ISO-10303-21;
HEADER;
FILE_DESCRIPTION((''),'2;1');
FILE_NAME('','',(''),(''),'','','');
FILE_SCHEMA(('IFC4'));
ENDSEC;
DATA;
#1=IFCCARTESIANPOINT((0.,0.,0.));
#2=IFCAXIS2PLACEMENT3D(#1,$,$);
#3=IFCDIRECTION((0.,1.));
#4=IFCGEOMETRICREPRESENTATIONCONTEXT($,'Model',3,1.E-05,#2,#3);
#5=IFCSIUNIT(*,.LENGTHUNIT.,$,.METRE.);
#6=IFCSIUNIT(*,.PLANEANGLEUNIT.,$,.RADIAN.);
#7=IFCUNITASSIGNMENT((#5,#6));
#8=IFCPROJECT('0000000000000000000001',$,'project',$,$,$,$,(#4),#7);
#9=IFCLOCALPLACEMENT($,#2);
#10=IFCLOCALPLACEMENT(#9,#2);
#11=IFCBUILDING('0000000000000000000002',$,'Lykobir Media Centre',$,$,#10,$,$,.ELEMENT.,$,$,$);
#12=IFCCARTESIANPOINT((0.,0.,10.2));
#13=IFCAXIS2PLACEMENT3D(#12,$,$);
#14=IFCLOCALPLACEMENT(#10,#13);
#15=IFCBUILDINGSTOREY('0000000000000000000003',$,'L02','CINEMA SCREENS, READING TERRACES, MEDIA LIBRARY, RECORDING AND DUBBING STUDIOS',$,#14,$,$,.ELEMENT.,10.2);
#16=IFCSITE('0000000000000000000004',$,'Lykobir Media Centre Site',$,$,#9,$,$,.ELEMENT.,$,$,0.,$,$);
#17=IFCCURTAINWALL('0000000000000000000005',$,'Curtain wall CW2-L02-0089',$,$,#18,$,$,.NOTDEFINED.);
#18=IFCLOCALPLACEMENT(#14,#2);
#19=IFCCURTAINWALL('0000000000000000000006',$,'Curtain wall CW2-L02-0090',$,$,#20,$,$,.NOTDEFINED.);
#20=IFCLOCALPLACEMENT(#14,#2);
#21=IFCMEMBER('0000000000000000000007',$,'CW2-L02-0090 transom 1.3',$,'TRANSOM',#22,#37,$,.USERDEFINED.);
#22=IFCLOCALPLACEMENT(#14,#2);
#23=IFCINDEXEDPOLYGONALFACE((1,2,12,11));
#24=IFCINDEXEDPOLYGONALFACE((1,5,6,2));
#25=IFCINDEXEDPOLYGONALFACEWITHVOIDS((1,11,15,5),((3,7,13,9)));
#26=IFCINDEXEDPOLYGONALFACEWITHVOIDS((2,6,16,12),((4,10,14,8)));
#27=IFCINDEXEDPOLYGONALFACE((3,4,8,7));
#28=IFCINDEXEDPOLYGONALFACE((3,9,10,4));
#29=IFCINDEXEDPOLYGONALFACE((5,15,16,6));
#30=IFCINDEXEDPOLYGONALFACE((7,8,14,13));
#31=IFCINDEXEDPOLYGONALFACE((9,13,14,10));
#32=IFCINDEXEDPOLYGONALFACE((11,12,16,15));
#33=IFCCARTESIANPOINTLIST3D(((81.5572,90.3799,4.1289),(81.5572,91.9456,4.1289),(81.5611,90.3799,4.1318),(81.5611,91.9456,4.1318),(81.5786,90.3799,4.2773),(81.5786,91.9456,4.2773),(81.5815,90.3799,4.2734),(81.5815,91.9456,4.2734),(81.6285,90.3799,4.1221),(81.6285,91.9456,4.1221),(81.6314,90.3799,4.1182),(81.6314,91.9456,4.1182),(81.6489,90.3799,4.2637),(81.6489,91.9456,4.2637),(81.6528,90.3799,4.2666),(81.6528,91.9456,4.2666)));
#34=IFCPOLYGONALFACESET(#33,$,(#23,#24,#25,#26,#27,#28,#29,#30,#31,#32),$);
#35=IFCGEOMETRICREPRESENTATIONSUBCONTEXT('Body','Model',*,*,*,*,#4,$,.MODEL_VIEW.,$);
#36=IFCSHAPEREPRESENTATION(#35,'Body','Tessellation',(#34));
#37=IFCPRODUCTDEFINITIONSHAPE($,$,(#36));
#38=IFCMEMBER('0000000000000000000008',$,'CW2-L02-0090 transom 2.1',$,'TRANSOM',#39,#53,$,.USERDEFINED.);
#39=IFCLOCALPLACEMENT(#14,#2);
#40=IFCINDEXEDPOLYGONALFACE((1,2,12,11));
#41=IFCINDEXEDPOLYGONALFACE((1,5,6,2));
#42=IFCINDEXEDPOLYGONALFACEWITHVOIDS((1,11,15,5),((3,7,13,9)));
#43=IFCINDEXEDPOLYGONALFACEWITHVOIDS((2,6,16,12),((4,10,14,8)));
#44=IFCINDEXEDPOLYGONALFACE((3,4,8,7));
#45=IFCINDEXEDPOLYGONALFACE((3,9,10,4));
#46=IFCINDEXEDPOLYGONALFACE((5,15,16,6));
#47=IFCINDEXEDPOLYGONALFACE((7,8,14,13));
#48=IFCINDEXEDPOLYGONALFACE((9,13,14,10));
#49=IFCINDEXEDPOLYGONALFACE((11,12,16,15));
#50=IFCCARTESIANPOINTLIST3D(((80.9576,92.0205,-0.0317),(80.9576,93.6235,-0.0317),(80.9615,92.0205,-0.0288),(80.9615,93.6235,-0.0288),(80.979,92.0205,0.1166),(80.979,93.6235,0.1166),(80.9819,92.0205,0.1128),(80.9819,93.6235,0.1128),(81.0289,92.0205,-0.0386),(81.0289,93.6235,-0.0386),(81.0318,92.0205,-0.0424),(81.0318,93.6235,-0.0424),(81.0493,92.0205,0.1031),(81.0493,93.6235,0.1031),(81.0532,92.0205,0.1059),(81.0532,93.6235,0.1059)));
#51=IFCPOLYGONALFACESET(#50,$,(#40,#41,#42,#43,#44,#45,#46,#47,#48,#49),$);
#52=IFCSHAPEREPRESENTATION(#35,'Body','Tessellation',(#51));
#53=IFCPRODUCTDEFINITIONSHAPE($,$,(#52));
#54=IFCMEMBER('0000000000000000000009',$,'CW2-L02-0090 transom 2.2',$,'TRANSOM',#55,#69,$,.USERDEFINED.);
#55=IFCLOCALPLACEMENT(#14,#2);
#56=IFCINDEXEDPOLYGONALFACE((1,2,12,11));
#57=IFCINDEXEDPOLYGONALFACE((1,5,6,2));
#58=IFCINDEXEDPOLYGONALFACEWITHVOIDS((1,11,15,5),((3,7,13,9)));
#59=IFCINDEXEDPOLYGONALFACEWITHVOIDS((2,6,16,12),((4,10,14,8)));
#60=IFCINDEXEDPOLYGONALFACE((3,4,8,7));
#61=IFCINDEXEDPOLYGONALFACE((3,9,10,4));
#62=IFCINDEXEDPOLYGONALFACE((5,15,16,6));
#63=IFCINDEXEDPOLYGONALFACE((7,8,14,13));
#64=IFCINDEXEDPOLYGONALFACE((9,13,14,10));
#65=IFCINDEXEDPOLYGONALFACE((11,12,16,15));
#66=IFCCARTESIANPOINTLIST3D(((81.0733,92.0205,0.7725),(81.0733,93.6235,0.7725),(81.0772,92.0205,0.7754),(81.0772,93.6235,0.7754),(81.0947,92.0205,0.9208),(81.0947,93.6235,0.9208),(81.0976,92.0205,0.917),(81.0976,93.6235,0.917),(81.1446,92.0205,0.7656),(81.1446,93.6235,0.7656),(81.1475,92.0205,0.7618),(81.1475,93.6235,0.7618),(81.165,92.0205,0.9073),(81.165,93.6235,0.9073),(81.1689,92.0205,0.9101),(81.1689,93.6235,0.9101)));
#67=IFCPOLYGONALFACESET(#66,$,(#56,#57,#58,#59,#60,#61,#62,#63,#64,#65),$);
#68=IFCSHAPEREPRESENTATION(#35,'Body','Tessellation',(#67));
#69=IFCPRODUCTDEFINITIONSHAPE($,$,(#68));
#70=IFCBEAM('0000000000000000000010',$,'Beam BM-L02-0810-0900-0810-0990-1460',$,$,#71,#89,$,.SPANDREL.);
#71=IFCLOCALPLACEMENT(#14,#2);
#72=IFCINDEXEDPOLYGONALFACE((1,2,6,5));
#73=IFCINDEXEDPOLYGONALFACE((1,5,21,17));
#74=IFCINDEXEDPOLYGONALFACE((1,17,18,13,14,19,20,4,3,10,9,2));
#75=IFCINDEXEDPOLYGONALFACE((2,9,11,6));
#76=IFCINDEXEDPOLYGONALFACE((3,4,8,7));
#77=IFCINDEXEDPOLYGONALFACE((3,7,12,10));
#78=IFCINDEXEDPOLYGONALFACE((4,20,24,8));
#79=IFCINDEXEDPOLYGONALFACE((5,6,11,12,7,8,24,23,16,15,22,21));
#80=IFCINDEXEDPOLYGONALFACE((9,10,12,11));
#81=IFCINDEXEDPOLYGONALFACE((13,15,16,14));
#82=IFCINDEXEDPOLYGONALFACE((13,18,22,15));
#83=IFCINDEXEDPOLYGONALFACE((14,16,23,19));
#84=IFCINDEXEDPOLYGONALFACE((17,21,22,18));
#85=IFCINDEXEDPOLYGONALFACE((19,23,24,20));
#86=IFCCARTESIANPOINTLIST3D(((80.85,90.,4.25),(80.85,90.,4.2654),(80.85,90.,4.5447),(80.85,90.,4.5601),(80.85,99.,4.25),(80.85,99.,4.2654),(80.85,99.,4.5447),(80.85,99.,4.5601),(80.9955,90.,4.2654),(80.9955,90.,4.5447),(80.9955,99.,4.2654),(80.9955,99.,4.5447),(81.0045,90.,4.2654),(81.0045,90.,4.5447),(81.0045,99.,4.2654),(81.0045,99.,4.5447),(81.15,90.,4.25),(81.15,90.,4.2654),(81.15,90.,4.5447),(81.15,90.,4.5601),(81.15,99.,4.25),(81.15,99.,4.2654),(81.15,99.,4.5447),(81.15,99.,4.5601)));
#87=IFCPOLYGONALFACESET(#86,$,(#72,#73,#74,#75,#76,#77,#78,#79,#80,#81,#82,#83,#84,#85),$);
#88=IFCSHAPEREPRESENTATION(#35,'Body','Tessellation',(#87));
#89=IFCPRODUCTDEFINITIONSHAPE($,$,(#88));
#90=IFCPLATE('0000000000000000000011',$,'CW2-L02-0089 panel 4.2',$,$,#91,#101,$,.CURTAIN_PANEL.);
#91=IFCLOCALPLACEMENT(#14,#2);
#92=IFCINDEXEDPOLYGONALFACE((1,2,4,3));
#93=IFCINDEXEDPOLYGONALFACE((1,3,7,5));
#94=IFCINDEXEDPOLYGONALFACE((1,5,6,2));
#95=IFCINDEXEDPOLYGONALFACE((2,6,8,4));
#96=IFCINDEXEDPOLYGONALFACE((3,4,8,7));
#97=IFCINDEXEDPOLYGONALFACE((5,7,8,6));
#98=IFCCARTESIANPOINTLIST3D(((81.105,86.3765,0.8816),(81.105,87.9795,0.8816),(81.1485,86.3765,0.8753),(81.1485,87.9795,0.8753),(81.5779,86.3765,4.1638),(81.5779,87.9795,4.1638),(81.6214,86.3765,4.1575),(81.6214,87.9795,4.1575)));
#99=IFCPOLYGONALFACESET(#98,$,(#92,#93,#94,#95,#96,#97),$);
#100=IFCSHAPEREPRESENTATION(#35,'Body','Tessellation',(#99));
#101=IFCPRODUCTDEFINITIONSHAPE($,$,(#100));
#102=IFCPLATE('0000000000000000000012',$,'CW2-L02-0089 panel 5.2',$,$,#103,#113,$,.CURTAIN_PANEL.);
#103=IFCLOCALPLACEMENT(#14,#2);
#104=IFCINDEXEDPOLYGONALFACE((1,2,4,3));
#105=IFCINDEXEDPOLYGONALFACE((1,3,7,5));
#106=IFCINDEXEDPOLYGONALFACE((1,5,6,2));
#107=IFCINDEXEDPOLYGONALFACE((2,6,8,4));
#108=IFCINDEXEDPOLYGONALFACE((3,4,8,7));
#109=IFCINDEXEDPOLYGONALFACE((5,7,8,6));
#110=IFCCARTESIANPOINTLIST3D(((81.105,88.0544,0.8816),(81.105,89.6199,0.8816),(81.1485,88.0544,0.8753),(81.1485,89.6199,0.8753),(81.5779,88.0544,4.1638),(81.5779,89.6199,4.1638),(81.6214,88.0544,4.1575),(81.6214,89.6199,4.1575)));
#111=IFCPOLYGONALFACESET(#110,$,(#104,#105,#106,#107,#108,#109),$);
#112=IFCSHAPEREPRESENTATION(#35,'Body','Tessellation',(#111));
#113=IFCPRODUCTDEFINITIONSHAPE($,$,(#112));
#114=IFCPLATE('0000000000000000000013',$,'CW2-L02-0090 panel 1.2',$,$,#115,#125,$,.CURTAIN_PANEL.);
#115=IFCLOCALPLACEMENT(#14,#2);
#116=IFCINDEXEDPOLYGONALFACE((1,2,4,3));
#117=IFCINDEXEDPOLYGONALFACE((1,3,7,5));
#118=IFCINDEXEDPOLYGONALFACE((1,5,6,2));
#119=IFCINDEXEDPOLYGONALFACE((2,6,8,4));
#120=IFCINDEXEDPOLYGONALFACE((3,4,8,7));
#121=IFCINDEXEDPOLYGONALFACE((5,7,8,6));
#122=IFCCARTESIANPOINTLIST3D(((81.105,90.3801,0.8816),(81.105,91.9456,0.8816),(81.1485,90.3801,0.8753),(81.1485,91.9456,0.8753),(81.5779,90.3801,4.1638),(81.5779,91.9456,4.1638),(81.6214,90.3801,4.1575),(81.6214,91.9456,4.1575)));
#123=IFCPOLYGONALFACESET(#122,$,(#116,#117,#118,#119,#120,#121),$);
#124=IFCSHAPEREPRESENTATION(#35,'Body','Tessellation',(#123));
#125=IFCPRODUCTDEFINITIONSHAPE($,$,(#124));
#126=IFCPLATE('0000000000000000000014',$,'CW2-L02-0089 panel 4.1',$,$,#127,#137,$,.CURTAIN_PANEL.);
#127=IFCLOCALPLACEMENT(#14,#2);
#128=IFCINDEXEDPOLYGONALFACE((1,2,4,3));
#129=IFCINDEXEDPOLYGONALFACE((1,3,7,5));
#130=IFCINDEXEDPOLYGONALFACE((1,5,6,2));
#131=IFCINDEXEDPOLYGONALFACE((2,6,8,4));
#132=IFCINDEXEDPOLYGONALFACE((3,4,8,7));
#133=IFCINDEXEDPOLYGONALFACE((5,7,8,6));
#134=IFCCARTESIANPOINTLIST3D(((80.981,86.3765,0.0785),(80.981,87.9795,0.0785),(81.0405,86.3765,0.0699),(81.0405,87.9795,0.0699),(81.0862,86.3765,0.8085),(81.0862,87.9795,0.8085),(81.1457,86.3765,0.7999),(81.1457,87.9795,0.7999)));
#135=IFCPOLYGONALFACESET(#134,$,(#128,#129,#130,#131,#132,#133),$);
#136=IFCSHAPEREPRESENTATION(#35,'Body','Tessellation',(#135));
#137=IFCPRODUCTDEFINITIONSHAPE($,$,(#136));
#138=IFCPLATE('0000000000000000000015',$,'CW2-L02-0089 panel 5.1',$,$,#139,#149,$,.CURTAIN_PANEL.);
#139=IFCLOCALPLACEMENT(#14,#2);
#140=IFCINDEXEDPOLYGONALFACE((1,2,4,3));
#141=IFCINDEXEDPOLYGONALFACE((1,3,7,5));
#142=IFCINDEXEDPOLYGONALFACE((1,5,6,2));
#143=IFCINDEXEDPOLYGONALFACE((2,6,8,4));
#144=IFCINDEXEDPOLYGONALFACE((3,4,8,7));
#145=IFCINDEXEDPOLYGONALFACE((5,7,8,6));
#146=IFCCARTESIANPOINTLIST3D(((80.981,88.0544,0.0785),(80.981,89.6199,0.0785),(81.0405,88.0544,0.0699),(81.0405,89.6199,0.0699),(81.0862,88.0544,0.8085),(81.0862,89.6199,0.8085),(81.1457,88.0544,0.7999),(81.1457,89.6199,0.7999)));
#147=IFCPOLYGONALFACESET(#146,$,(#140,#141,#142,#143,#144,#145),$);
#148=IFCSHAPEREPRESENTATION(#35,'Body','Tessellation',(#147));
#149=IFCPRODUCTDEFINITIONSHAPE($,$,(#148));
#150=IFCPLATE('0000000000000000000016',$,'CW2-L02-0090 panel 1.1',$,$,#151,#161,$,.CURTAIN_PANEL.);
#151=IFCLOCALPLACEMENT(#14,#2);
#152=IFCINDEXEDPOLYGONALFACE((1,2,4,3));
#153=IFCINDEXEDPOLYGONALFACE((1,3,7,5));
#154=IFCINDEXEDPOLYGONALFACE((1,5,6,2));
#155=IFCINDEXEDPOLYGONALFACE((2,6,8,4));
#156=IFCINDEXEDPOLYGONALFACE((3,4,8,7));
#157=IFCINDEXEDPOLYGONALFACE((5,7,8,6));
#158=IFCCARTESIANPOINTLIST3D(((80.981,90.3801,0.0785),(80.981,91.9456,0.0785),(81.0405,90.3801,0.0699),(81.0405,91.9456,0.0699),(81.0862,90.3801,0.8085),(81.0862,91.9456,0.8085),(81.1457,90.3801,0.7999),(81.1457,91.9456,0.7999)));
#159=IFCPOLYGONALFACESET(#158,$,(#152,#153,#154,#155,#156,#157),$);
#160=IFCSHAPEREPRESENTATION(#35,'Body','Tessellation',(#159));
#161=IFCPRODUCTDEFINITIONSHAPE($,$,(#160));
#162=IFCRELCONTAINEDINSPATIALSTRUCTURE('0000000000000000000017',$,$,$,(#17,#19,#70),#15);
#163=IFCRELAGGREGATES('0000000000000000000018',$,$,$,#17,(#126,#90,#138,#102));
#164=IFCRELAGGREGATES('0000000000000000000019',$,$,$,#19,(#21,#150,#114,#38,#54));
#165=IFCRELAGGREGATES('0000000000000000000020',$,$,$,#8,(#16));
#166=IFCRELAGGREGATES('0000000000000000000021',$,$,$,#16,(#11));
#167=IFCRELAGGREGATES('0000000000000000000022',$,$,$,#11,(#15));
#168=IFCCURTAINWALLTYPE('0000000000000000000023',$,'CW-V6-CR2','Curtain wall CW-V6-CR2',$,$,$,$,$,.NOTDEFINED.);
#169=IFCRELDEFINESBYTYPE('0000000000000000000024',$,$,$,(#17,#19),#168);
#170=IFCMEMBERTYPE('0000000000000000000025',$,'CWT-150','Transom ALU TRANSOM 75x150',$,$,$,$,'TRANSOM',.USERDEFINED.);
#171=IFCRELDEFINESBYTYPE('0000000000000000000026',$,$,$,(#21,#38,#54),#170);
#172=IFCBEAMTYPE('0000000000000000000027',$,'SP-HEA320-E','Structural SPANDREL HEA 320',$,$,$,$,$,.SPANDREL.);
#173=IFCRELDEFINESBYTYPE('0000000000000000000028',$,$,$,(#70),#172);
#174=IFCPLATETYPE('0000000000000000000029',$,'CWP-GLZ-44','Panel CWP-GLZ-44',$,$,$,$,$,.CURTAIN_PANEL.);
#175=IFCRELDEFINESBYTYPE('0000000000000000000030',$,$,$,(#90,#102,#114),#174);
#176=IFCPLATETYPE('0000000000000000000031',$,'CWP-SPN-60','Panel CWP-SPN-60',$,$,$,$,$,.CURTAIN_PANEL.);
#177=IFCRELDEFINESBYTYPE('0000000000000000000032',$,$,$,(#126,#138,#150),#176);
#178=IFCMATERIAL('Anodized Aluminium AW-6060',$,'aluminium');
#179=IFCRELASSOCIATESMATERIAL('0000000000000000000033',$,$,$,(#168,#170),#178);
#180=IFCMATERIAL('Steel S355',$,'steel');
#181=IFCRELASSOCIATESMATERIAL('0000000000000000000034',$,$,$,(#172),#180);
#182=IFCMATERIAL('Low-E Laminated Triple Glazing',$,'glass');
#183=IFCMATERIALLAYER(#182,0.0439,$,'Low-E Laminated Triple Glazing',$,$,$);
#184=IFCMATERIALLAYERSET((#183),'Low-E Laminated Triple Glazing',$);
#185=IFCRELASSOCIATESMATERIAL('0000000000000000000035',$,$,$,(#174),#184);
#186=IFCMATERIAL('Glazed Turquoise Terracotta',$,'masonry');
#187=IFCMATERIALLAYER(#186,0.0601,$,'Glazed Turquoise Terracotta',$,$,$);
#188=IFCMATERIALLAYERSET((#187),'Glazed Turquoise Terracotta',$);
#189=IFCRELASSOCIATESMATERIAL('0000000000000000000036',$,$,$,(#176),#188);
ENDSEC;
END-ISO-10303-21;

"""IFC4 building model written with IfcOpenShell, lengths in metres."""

from ifc_helpers import new_model, si_unit, direction, frame, origin, origin_2d, place, context, subcontext, project, spatial, rectangle, hollow_rectangle, i_section, extrude, material, layer, layer_set, material_profile, profile_set, type_object, element, aggregate, save


model = new_model("IFC4")

# Units and contexts
model_context = context("Model", 3, precision=1e-05, world=origin(), true_north=direction((0.0, 1.0)))
body_context = subcontext(model_context, "Body", "Model", "MODEL_VIEW")
ifc_project = project(units=[si_unit("LENGTHUNIT", "METRE"), si_unit("PLANEANGLEUNIT", "RADIAN")], contexts=[model_context])

# Site, building, storey
site_placement = place(None, origin())
site = spatial("IfcSite", under=ifc_project, at=site_placement, Name="Lykobir Media Centre Site", CompositionType="ELEMENT", RefElevation=0.0)
building_placement = place(site_placement, origin())
building = spatial("IfcBuilding", under=site, at=building_placement, Name="Lykobir Media Centre", CompositionType="ELEMENT")
storey_placement = place(building_placement, frame((0.0, 0.0, 10.2)))
storey = spatial("IfcBuildingStorey", under=building, at=storey_placement, Name="L02", Description="CINEMA SCREENS, READING TERRACES, MEDIA LIBRARY, RECORDING AND DUBBING STUDIOS", CompositionType="ELEMENT", Elevation=10.2)

# Curtain walls
ifc_material_1 = material(Name="Anodized Aluminium AW-6060", Category="aluminium")
curtain_wall_type = type_object("IfcCurtainWallType", Name="CW-V6-CR2", Description="Curtain wall CW-V6-CR2", PredefinedType="NOTDEFINED", material=ifc_material_1)
curtain_wall_1_placement = place(storey_placement, origin())
curtain_wall_1 = element("IfcCurtainWall", 1, at=curtain_wall_1_placement, inside=storey, type_object=curtain_wall_type, Name="Curtain wall CW2-L02-0089", PredefinedType="NOTDEFINED")
curtain_wall_2_placement = place(storey_placement, origin())
curtain_wall_2 = element("IfcCurtainWall", 2, at=curtain_wall_2_placement, inside=storey, type_object=curtain_wall_type, Name="Curtain wall CW2-L02-0090", PredefinedType="NOTDEFINED")

# Members
ifc_material_profile_1 = material_profile(ifc_material_1, hollow_rectangle(XDim=0.075, YDim=0.1499, WallThickness=0.0034, at=origin_2d()), Name="ALU TRANSOM 75x150")
ifc_profile_set_1 = profile_set([ifc_material_profile_1], Name="Anodized Aluminium AW-6060")
member_type_1 = type_object("IfcMemberType", Name="CWT-150", Description="Transom ALU TRANSOM 75x150", ElementType="TRANSOM", PredefinedType="USERDEFINED", material=ifc_profile_set_1)
member_1_placement = place(storey_placement, frame((81.605, 90.3799, 4.1978), z_axis=(0.0, 1.0, 0.0), x_axis=(-0.989776, 0.0, 0.142629)))
member_1 = element("IfcMember", 3, at=member_1_placement, type_object=member_type_1, Name="CW2-L02-0090 transom 1.3", ObjectType="TRANSOM", PredefinedType="USERDEFINED", context=body_context, shape_type="SweptSolid", body=[
    extrude(hollow_rectangle(XDim=0.075, YDim=0.1499, WallThickness=0.0034, at=origin_2d()), origin(), (0.0, 0.0, 1.0), 1.5657),
])
member_2_placement = place(storey_placement, frame((81.0054, 92.0205, 0.0371), z_axis=(0.0, 1.0, 0.0), x_axis=(-0.989776, 0.0, 0.142629)))
member_2 = element("IfcMember", 4, at=member_2_placement, type_object=member_type_1, Name="CW2-L02-0090 transom 2.1", ObjectType="TRANSOM", PredefinedType="USERDEFINED", context=body_context, shape_type="SweptSolid", body=[
    extrude(hollow_rectangle(XDim=0.075, YDim=0.1499, WallThickness=0.0034, at=origin_2d()), origin(), (0.0, 0.0, 1.0), 1.603),
])
member_3_placement = place(storey_placement, frame((81.1211, 92.0205, 0.8413), z_axis=(0.0, 1.0, 0.0), x_axis=(-0.989776, 0.0, 0.142629)))
member_3 = element("IfcMember", 5, at=member_3_placement, type_object=member_type_1, Name="CW2-L02-0090 transom 2.2", ObjectType="TRANSOM", PredefinedType="USERDEFINED", context=body_context, shape_type="SweptSolid", body=[
    extrude(hollow_rectangle(XDim=0.075, YDim=0.1499, WallThickness=0.0034, at=origin_2d()), origin(), (0.0, 0.0, 1.0), 1.603),
])

# Beam
ifc_material_2 = material(Name="Steel S355", Category="steel")
ifc_material_profile_2 = material_profile(ifc_material_2, i_section(OverallWidth=0.3, OverallDepth=0.3101, WebThickness=0.009, FlangeThickness=0.0154, at=origin_2d()), Name="HEA 320")
ifc_profile_set_2 = profile_set([ifc_material_profile_2], Name="Steel S355")
beam_type = type_object("IfcBeamType", Name="SP-HEA320-E", Description="Structural SPANDREL HEA 320", PredefinedType="SPANDREL", material=ifc_profile_set_2)
beam_placement = place(storey_placement, frame((81.0, 90.0, 4.405), z_axis=(0.0, 1.0, 0.0), x_axis=(-1.0, 0.0, 0.0)))
element("IfcBeam", 6, at=beam_placement, inside=storey, type_object=beam_type, Name="Beam BM-L02-0810-0900-0810-0990-1460", PredefinedType="SPANDREL", context=body_context, shape_type="SweptSolid", body=[
    extrude(i_section(OverallWidth=0.3, OverallDepth=0.3101, WebThickness=0.009, FlangeThickness=0.0154, at=origin_2d()), origin(), (0.0, 0.0, 1.0), 9.0),
])

# Plates
ifc_material_3 = material(Name="Low-E Laminated Triple Glazing", Category="glass")
ifc_layer_1 = layer(ifc_material_3, 0.0439, Name="Low-E Laminated Triple Glazing")
ifc_layer_set_1 = layer_set([ifc_layer_1], Name="Low-E Laminated Triple Glazing")
plate_type_1 = type_object("IfcPlateType", Name="CWP-GLZ-44", Description="Panel CWP-GLZ-44", PredefinedType="CURTAIN_PANEL", material=ifc_layer_set_1)
plate_1_placement = place(storey_placement, frame((81.1267, 87.178, 0.8784), z_axis=(0.142629, 0.0, 0.989776), x_axis=(0.0, 1.0, 0.0)))
plate_1 = element("IfcPlate", 7, at=plate_1_placement, type_object=plate_type_1, Name="CW2-L02-0089 panel 4.2", PredefinedType="CURTAIN_PANEL", context=body_context, shape_type="SweptSolid", body=[
    extrude(rectangle(XDim=1.603, YDim=0.0439, at=origin_2d()), origin(), (0.0, 0.0, 1.0), 3.3162),
])
plate_2_placement = place(storey_placement, frame((81.1267, 88.8372, 0.8784), z_axis=(0.142629, 0.0, 0.989776), x_axis=(0.0, 1.0, 0.0)))
plate_2 = element("IfcPlate", 8, at=plate_2_placement, type_object=plate_type_1, Name="CW2-L02-0089 panel 5.2", PredefinedType="CURTAIN_PANEL", context=body_context, shape_type="SweptSolid", body=[
    extrude(rectangle(XDim=1.5654, YDim=0.0439, at=origin_2d()), origin(), (0.0, 0.0, 1.0), 3.3162),
])
plate_3_placement = place(storey_placement, frame((81.1267, 91.1628, 0.8784), z_axis=(0.142629, 0.0, 0.989776), x_axis=(0.0, 1.0, 0.0)))
plate_3 = element("IfcPlate", 9, at=plate_3_placement, type_object=plate_type_1, Name="CW2-L02-0090 panel 1.2", PredefinedType="CURTAIN_PANEL", context=body_context, shape_type="SweptSolid", body=[
    extrude(rectangle(XDim=1.5654, YDim=0.0439, at=origin_2d()), origin(), (0.0, 0.0, 1.0), 3.3162),
])
ifc_material_4 = material(Name="Glazed Turquoise Terracotta", Category="masonry")
ifc_layer_2 = layer(ifc_material_4, 0.0601, Name="Glazed Turquoise Terracotta")
ifc_layer_set_2 = layer_set([ifc_layer_2], Name="Glazed Turquoise Terracotta")
plate_type_2 = type_object("IfcPlateType", Name="CWP-SPN-60", Description="Panel CWP-SPN-60", PredefinedType="CURTAIN_PANEL", material=ifc_layer_set_2)
plate_4_placement = place(storey_placement, frame((81.0107, 87.178, 0.0742), z_axis=(0.142629, 0.0, 0.989776), x_axis=(0.0, 1.0, 0.0)))
plate_4 = element("IfcPlate", 10, at=plate_4_placement, type_object=plate_type_2, Name="CW2-L02-0089 panel 4.1", PredefinedType="CURTAIN_PANEL", context=body_context, shape_type="SweptSolid", body=[
    extrude(rectangle(XDim=1.603, YDim=0.0601, at=origin_2d()), origin(), (0.0, 0.0, 1.0), 0.7375),
])
plate_5_placement = place(storey_placement, frame((81.0107, 88.8372, 0.0742), z_axis=(0.142629, 0.0, 0.989776), x_axis=(0.0, 1.0, 0.0)))
plate_5 = element("IfcPlate", 11, at=plate_5_placement, type_object=plate_type_2, Name="CW2-L02-0089 panel 5.1", PredefinedType="CURTAIN_PANEL", context=body_context, shape_type="SweptSolid", body=[
    extrude(rectangle(XDim=1.5654, YDim=0.0601, at=origin_2d()), origin(), (0.0, 0.0, 1.0), 0.7375),
])
aggregate(curtain_wall_1, [plate_4, plate_1, plate_5, plate_2])
plate_6_placement = place(storey_placement, frame((81.0107, 91.1628, 0.0742), z_axis=(0.142629, 0.0, 0.989776), x_axis=(0.0, 1.0, 0.0)))
plate_6 = element("IfcPlate", 12, at=plate_6_placement, type_object=plate_type_2, Name="CW2-L02-0090 panel 1.1", PredefinedType="CURTAIN_PANEL", context=body_context, shape_type="SweptSolid", body=[
    extrude(rectangle(XDim=1.5654, YDim=0.0601, at=origin_2d()), origin(), (0.0, 0.0, 1.0), 0.7375),
])
aggregate(curtain_wall_2, [member_1, plate_6, plate_3, member_2, member_3])

save(model, "model.ifc")
